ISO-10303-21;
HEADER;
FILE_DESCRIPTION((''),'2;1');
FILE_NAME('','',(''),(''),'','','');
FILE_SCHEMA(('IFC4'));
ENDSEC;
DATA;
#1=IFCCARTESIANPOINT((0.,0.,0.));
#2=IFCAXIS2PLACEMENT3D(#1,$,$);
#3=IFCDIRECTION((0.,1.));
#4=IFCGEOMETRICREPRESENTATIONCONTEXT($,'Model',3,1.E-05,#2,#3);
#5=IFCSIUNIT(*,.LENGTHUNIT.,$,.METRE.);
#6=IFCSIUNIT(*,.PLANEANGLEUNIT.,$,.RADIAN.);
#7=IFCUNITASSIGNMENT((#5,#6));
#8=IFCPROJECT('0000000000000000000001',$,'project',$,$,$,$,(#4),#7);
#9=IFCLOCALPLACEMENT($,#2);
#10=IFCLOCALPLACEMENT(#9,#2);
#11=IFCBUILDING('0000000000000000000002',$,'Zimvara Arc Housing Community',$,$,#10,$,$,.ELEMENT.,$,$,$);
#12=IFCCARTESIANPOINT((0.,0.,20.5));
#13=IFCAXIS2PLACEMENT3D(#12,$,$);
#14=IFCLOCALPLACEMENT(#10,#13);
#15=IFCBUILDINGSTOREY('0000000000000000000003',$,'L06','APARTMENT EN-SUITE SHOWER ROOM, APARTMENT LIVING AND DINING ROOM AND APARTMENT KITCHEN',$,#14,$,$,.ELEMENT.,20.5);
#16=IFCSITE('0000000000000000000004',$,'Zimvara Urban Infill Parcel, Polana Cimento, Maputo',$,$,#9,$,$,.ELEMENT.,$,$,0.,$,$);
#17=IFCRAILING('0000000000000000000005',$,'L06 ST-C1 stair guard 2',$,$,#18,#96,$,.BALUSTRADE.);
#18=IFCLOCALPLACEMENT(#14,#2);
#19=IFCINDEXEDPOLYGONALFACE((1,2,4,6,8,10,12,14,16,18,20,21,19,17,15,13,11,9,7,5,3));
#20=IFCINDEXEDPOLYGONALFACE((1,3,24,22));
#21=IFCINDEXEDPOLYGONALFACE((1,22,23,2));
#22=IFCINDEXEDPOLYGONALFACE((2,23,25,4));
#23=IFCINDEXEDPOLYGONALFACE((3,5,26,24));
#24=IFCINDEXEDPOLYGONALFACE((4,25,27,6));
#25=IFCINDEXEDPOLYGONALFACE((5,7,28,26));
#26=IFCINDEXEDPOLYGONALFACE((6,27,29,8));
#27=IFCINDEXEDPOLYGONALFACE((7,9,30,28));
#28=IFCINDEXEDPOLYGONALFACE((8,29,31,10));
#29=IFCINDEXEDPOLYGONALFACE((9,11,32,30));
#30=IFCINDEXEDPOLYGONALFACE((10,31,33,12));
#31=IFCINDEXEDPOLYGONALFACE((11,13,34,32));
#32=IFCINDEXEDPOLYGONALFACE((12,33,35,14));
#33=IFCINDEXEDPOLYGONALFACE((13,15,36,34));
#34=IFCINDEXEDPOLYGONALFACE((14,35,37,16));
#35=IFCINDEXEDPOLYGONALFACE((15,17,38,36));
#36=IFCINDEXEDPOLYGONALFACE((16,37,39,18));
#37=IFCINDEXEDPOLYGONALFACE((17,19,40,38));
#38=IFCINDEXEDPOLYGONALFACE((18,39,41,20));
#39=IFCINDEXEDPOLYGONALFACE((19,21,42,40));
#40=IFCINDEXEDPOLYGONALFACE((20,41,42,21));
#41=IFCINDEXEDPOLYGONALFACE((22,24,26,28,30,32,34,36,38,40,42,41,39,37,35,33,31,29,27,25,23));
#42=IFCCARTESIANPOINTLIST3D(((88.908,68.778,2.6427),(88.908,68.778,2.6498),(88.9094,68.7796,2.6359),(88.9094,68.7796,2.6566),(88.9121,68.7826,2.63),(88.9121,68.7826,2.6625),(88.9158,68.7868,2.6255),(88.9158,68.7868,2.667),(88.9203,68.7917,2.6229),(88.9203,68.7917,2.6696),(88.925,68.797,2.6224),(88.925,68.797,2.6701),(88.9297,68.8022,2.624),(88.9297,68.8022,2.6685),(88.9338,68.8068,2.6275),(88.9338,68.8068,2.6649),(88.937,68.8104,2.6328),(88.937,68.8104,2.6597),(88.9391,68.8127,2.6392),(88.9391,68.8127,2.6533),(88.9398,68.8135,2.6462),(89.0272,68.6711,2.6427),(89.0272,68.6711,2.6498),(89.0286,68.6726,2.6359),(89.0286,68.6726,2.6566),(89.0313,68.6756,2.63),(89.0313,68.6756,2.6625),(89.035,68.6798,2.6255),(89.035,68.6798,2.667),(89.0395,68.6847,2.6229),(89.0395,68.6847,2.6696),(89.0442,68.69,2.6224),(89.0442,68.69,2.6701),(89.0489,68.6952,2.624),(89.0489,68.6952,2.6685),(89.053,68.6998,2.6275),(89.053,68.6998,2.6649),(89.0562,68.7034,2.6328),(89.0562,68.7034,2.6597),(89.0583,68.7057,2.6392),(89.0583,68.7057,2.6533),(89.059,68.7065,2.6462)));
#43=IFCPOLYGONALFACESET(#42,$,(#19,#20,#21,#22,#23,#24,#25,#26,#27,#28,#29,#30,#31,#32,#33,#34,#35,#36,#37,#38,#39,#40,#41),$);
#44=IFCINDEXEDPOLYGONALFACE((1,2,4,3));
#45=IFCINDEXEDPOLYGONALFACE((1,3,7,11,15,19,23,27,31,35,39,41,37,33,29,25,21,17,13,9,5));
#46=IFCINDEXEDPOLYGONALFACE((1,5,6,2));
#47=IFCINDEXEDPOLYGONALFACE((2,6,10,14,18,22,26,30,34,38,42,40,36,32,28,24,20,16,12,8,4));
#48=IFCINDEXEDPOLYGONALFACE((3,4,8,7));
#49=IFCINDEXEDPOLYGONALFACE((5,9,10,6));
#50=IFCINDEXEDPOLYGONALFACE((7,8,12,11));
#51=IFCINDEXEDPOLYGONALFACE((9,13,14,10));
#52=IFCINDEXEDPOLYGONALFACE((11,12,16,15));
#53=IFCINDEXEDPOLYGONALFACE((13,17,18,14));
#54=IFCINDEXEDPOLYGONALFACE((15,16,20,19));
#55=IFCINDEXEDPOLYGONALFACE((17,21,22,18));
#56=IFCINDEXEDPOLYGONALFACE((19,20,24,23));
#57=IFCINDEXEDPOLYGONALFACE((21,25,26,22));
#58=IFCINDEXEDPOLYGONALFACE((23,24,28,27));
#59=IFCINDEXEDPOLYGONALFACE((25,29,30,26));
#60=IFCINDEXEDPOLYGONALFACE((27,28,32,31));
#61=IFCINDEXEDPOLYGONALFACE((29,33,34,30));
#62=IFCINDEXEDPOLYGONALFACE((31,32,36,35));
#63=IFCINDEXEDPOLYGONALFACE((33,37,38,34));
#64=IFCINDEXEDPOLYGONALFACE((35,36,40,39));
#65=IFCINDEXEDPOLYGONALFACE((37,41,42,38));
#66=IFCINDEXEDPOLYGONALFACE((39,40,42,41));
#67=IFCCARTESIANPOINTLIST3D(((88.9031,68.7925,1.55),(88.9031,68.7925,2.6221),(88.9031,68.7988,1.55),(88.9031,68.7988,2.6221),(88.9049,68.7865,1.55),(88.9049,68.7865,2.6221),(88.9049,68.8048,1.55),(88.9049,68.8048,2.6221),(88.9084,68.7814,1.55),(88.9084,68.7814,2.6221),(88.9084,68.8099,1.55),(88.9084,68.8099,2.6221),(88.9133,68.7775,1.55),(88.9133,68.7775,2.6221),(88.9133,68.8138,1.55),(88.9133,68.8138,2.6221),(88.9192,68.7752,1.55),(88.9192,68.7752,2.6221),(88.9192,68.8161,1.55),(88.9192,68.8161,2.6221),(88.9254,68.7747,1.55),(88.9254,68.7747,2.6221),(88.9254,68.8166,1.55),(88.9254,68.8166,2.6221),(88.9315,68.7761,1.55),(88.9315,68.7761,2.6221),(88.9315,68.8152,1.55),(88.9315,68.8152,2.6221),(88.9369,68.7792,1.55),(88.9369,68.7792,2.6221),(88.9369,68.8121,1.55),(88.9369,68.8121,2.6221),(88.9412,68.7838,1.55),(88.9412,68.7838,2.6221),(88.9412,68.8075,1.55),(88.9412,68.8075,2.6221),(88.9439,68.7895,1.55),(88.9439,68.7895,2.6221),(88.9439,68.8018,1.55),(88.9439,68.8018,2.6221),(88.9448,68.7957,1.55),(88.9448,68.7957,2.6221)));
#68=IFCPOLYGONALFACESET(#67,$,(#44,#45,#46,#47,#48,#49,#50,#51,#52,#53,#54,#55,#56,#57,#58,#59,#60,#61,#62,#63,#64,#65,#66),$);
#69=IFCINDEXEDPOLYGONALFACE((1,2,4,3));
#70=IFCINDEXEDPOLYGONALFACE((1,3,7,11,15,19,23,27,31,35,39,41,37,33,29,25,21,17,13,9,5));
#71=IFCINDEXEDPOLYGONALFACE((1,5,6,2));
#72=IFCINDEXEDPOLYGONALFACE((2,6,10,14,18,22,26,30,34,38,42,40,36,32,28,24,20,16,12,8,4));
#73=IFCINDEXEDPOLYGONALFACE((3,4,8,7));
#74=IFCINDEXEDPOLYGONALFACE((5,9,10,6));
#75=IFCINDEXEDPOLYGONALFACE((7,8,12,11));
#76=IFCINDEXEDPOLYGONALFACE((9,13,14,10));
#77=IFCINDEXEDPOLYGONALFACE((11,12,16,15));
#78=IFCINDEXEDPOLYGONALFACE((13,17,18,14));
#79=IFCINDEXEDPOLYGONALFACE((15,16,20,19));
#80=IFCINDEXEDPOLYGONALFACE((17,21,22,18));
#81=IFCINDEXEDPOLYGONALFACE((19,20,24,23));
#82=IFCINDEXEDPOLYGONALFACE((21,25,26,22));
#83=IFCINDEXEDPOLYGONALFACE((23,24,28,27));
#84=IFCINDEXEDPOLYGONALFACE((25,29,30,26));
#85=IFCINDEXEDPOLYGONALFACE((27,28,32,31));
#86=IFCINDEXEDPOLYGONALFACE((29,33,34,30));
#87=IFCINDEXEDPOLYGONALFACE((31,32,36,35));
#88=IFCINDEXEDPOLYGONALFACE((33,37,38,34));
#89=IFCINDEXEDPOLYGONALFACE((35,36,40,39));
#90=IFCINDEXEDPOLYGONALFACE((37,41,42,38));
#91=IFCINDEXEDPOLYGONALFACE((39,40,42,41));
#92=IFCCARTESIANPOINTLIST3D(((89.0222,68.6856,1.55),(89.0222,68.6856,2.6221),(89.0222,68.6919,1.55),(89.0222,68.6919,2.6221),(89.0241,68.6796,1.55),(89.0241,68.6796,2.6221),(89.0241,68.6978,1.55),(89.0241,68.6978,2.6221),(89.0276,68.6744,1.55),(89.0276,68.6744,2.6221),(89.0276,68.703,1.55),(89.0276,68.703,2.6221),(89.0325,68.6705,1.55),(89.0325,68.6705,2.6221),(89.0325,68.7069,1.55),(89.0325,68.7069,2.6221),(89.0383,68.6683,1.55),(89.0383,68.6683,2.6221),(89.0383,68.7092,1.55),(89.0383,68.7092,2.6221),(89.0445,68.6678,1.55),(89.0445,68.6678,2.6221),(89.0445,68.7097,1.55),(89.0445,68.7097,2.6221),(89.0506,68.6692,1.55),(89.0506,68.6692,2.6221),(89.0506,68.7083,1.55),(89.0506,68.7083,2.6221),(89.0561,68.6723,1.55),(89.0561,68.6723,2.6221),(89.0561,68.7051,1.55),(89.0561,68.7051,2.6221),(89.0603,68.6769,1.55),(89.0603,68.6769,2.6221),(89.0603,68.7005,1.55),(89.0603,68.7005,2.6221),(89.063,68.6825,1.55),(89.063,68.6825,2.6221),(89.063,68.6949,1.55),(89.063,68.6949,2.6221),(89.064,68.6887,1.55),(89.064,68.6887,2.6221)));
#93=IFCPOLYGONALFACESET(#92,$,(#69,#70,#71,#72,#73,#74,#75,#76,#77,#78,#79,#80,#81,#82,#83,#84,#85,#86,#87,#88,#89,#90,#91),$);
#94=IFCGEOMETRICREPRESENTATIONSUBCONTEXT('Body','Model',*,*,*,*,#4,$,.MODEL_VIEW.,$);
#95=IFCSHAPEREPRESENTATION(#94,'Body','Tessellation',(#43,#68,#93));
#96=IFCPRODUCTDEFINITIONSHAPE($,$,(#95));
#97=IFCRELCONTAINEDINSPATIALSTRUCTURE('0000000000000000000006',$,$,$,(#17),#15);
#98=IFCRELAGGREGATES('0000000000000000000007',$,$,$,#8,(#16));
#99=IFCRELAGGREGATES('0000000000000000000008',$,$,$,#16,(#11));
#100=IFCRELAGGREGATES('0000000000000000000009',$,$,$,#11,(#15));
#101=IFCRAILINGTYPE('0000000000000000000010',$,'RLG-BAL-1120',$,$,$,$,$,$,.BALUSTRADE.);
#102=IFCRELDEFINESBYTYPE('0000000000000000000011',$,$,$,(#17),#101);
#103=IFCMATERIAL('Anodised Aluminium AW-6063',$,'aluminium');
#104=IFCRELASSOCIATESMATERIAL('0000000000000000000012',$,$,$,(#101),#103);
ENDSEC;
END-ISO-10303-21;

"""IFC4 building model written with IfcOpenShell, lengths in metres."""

from ifc_helpers import new_model, si_unit, direction, frame, origin, origin_2d, place, context, subcontext, project, spatial, circle, extrude, material, type_object, element, save


model = new_model("IFC4")

# Units and contexts
model_context = context("Model", 3, precision=1e-05, world=origin(), true_north=direction((0.0, 1.0)))
body_context = subcontext(model_context, "Body", "Model", "MODEL_VIEW")
ifc_project = project(units=[si_unit("LENGTHUNIT", "METRE"), si_unit("PLANEANGLEUNIT", "RADIAN")], contexts=[model_context])

# Site, building, storey
site_placement = place(None, origin())
site = spatial("IfcSite", under=ifc_project, at=site_placement, Name="Zimvara Urban Infill Parcel, Polana Cimento, Maputo", CompositionType="ELEMENT", RefElevation=0.0)
building_placement = place(site_placement, origin())
building = spatial("IfcBuilding", under=site, at=building_placement, Name="Zimvara Arc Housing Community", CompositionType="ELEMENT")
storey_placement = place(building_placement, frame((0.0, 0.0, 20.5)))
storey = spatial("IfcBuildingStorey", under=building, at=storey_placement, Name="L06", Description="APARTMENT EN-SUITE SHOWER ROOM, APARTMENT LIVING AND DINING ROOM AND APARTMENT KITCHEN", CompositionType="ELEMENT", Elevation=20.5)

# Railing
ifc_material_1 = material(Name="Anodised Aluminium AW-6063", Category="aluminium")
railing_type = type_object("IfcRailingType", Name="RLG-BAL-1120", PredefinedType="BALUSTRADE", material=ifc_material_1)
railing_1_placement = place(storey_placement, frame((88.9238, 68.7957, 1.55)))
element("IfcRailing", 1, at=railing_1_placement, inside=storey, type_object=railing_type, Name="L06 ST-C1 stair guard 2", PredefinedType="BALUSTRADE", context=body_context, shape_type="SweptSolid", body=[
    extrude(circle(Radius=0.0239, at=origin_2d()), frame((0.0, 0.0, 1.0962), z_axis=(0.744203, -0.667953, 0.0), x_axis=(0.667953, 0.744203, 0.0)), (0.0, 0.0, 1.0), 0.1602),
    extrude(circle(Radius=0.021, at=origin_2d()), origin(), (0.0, 0.0, 1.0), 1.072),
    extrude(circle(Radius=0.021, at=origin_2d()), frame((0.1191, -0.1069, 0.0)), (0.0, 0.0, 1.0), 1.072),
])

save(model, "model.ifc")
